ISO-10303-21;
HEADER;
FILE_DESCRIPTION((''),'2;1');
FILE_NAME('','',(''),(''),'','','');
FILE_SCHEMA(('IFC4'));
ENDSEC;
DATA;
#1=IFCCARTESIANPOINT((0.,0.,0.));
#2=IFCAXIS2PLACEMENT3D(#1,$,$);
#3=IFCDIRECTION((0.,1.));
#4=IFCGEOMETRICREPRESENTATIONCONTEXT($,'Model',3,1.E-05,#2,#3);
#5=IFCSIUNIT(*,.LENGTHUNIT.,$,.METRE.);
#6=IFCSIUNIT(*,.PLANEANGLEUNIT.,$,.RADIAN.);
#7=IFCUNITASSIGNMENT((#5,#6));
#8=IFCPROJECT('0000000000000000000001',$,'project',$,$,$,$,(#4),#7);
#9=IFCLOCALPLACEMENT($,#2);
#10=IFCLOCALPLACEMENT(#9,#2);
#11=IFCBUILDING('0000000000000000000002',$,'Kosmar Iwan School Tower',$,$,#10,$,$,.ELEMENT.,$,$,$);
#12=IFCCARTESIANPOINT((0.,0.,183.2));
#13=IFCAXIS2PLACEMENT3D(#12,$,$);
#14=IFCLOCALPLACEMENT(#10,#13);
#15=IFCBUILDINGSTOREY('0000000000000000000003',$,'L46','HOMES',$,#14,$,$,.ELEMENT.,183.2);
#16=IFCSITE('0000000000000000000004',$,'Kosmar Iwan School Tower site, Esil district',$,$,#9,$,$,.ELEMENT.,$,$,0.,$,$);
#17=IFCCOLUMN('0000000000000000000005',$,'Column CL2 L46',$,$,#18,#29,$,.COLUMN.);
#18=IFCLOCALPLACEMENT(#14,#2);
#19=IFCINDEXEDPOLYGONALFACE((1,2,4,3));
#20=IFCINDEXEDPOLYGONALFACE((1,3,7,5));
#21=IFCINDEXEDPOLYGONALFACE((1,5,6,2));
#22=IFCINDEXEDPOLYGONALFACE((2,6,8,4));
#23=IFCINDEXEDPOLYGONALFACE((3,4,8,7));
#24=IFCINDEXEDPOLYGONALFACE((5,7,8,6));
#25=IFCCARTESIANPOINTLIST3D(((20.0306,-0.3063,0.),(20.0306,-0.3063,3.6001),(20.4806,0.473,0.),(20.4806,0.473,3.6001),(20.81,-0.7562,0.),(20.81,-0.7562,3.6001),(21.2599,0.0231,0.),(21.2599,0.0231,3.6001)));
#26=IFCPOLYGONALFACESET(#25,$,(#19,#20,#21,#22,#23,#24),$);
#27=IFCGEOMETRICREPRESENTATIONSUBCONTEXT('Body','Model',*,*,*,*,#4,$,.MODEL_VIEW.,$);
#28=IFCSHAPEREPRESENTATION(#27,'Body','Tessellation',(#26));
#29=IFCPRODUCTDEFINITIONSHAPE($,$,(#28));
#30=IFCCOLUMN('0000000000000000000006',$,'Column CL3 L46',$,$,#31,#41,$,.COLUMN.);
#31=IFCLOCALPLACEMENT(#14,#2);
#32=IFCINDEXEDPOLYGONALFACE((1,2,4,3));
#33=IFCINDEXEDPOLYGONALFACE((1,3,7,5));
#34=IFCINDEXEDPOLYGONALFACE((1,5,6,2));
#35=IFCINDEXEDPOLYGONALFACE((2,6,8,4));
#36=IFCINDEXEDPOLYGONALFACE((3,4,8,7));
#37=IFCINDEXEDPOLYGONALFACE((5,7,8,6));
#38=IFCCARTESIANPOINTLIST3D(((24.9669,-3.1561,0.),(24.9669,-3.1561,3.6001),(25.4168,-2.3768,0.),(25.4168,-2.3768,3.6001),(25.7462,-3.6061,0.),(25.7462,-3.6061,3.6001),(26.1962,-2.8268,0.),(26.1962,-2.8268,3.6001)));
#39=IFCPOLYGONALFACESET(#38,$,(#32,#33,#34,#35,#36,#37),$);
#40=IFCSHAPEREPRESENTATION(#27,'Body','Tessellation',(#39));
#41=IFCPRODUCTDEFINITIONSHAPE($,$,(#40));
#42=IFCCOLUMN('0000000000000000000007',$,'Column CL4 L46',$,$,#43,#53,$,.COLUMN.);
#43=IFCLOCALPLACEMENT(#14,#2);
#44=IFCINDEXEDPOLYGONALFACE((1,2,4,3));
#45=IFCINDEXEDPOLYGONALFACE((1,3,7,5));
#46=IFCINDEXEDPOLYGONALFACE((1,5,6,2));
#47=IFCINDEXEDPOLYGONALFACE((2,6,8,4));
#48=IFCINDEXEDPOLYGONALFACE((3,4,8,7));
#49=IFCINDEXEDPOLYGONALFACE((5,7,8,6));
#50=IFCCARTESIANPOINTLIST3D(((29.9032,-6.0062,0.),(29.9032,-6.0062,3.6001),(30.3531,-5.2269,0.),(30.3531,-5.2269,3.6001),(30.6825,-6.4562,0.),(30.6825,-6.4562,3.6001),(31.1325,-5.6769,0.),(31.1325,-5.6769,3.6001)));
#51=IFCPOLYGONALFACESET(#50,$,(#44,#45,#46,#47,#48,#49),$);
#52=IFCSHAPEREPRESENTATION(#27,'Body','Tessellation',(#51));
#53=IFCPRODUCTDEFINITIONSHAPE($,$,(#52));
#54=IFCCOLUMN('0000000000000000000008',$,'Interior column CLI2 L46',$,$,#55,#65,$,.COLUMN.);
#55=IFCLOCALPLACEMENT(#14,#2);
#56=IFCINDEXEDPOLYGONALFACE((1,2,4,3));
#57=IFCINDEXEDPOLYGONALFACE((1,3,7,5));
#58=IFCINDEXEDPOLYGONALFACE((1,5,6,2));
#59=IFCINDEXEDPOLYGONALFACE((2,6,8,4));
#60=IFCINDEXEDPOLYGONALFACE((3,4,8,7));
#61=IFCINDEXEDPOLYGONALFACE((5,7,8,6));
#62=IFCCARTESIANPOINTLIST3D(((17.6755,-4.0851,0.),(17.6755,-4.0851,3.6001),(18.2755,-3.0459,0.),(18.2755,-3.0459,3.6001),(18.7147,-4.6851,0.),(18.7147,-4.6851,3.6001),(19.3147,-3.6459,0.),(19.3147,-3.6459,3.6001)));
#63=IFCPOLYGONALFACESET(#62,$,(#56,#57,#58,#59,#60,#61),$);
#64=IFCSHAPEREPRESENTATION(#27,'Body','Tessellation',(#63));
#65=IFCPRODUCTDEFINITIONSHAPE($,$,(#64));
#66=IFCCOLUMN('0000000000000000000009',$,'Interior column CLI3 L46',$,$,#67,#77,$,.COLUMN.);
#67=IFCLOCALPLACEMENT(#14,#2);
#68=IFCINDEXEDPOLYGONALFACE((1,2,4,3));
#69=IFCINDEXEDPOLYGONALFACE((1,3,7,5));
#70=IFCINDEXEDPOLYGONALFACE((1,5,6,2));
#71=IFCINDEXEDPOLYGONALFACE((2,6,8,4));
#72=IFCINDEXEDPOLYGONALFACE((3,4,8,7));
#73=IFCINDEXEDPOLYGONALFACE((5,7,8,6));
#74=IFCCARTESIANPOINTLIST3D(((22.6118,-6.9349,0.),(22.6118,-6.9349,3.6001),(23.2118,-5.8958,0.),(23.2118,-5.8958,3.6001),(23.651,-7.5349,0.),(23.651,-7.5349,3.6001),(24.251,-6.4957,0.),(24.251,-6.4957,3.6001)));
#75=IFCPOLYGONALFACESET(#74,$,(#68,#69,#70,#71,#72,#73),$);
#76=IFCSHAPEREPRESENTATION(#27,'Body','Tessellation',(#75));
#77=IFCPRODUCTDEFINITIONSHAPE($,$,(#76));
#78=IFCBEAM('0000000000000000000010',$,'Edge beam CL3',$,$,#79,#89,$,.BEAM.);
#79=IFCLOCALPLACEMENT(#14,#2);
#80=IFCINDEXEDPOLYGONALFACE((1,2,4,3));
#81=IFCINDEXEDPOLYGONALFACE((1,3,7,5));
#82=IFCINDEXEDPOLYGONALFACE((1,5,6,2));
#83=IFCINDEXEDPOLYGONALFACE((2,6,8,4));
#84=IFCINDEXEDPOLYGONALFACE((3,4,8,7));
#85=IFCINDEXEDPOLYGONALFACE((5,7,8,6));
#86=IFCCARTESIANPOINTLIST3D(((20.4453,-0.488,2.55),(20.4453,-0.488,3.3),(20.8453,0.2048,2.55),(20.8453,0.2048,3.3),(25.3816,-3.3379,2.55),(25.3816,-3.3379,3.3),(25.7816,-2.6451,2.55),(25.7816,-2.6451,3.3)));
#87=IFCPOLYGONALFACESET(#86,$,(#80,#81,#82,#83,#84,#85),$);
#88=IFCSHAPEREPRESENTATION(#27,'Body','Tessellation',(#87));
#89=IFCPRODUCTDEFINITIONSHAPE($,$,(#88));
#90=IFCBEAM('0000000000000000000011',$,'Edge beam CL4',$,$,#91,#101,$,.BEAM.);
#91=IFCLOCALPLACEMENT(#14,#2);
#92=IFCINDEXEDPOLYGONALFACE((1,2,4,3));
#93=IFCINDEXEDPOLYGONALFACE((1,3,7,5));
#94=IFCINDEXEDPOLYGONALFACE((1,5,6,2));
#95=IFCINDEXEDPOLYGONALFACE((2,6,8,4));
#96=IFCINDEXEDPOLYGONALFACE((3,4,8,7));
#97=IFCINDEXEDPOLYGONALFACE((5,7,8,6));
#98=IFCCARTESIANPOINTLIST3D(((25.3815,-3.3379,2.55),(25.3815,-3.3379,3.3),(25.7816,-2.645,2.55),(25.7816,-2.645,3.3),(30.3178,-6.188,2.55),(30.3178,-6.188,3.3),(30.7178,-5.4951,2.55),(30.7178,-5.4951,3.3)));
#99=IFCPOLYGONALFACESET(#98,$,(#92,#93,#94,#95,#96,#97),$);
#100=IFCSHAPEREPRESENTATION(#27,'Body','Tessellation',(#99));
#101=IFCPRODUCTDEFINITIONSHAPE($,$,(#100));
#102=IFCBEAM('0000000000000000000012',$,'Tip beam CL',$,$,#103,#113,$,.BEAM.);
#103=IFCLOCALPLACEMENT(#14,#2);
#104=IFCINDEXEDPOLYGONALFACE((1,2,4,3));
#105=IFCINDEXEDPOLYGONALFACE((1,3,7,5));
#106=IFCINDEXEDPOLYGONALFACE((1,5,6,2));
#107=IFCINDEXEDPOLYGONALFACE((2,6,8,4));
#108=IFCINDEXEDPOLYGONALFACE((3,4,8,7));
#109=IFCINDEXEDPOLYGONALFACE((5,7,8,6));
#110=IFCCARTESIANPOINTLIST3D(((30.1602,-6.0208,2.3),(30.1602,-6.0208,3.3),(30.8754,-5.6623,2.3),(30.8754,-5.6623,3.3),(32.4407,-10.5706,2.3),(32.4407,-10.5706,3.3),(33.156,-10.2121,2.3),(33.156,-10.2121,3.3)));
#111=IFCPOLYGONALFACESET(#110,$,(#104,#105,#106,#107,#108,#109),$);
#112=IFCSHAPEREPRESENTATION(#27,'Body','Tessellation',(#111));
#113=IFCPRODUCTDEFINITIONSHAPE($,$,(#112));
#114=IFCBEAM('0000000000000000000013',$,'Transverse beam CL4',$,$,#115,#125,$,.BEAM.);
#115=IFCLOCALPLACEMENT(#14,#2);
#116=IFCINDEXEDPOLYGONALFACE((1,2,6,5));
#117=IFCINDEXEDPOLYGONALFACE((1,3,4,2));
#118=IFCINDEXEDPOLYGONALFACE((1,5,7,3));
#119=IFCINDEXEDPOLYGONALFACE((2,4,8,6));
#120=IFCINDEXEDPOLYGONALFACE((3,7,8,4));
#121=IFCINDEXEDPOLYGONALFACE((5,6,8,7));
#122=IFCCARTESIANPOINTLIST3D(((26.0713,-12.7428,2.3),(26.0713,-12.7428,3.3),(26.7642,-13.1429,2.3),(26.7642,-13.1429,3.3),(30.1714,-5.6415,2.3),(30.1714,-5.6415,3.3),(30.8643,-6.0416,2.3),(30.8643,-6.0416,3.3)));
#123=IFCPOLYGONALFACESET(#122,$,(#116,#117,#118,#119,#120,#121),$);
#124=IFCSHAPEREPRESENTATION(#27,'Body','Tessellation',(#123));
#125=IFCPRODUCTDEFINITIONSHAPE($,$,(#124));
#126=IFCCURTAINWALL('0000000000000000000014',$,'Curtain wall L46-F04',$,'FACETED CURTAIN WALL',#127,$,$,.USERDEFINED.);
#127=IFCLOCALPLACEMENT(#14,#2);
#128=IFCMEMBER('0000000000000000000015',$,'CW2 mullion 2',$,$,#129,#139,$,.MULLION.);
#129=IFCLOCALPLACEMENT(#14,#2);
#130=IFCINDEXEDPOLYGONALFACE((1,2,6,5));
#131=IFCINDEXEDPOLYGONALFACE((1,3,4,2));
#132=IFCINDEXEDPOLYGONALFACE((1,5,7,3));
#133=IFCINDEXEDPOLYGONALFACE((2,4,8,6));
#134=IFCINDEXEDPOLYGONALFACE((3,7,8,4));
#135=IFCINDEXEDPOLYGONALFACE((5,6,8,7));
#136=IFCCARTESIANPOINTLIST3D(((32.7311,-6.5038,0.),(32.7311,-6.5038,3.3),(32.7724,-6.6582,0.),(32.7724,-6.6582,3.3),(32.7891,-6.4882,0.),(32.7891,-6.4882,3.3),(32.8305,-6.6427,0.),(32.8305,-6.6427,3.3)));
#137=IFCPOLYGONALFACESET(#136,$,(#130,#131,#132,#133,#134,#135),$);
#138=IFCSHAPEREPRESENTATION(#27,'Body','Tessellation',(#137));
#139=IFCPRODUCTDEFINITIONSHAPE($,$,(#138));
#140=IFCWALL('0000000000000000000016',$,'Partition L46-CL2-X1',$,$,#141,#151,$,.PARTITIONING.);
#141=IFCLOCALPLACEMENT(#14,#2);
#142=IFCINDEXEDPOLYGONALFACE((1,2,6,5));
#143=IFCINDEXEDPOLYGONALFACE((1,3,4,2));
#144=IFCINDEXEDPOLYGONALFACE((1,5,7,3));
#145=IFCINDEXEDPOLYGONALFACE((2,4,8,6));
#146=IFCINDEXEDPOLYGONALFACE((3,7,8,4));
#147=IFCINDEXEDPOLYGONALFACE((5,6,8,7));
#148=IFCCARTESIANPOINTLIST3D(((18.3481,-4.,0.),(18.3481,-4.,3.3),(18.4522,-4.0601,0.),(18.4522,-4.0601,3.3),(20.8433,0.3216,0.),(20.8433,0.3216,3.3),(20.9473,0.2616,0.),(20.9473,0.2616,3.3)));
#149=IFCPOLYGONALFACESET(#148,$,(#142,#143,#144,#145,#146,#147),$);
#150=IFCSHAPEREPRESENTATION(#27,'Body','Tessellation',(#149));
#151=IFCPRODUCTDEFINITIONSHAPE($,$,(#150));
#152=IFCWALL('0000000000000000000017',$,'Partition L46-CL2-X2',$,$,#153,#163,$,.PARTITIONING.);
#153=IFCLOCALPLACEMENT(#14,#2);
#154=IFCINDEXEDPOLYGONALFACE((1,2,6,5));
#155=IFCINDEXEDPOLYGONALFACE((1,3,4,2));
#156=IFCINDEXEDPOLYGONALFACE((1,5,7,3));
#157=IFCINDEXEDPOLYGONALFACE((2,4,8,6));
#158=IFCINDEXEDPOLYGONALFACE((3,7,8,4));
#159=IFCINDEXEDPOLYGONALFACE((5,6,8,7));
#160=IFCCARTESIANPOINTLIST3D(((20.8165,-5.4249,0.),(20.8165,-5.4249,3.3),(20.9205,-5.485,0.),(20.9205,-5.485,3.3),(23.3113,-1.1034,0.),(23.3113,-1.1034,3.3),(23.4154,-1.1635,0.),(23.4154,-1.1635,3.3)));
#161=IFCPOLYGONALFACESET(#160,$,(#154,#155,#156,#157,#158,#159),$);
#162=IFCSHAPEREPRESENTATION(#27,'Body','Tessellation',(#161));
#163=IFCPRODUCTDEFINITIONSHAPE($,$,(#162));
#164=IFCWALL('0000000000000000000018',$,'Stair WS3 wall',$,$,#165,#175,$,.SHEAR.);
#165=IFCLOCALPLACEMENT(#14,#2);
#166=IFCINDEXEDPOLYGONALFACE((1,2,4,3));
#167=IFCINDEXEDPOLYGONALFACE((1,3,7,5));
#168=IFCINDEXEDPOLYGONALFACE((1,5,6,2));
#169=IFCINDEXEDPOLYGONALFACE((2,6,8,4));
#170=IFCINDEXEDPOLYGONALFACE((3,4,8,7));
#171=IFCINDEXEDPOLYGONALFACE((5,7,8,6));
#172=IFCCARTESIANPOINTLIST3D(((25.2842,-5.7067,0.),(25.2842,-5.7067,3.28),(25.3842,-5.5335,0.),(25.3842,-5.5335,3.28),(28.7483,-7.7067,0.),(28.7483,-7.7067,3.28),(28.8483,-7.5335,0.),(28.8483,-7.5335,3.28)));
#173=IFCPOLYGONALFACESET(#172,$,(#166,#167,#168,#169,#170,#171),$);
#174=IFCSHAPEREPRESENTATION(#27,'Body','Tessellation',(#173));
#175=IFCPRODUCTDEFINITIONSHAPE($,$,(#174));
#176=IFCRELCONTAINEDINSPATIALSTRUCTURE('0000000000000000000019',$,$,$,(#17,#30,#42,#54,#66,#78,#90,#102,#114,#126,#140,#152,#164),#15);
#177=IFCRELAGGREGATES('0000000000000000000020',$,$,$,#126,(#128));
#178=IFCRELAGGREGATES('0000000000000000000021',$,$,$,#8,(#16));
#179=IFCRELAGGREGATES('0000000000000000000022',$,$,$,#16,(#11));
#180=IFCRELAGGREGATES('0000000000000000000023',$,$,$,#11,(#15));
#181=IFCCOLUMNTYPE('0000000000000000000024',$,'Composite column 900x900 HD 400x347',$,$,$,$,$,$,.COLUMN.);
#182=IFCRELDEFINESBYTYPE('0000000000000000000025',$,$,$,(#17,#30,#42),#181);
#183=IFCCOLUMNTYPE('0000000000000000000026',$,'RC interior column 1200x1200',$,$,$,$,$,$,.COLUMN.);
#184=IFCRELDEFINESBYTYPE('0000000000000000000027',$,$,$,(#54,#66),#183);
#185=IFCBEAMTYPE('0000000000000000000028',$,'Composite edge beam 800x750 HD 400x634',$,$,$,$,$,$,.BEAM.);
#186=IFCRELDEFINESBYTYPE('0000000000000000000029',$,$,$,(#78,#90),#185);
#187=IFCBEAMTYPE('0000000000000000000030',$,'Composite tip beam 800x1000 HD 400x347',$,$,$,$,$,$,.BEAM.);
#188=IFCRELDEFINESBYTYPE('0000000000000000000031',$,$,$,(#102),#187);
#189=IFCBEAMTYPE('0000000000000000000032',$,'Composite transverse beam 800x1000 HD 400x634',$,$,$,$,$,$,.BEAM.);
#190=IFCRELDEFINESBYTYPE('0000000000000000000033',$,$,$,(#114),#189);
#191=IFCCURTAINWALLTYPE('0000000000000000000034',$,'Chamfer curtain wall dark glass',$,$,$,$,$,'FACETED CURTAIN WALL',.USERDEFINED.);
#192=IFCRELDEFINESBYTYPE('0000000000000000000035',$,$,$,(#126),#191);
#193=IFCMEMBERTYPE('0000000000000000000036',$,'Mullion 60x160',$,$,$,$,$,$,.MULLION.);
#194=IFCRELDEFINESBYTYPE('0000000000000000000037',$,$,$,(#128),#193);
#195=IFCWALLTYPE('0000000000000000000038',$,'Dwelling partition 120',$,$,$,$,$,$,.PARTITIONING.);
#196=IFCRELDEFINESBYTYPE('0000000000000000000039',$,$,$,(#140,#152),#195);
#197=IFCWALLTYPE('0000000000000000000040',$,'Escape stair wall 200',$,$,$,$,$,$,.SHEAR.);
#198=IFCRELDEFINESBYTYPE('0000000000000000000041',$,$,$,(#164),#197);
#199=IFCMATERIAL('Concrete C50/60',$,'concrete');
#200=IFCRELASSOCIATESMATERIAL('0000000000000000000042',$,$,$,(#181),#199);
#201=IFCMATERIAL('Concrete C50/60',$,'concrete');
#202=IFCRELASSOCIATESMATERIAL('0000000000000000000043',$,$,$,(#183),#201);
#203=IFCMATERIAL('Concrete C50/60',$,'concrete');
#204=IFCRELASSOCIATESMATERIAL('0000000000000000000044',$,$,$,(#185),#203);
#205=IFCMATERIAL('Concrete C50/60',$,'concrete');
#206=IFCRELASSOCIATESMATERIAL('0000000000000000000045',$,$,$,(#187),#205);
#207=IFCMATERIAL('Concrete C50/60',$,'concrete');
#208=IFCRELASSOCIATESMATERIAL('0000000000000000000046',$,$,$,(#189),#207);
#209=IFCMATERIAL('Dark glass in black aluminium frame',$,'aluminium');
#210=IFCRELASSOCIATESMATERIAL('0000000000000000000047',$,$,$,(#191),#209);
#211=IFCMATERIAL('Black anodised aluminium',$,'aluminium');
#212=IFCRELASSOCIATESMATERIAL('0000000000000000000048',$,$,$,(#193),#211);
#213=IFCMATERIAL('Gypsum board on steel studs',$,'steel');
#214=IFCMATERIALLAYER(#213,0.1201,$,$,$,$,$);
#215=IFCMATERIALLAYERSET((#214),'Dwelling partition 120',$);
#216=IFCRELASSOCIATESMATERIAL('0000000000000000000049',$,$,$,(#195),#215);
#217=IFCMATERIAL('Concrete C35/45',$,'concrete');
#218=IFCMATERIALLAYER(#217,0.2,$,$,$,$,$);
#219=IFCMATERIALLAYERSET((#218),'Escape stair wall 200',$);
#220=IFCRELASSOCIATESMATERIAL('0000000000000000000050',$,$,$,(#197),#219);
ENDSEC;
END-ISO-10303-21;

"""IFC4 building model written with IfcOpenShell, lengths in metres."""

from ifc_helpers import new_model, si_unit, direction, frame, frame_2d, origin, origin_2d, place, context, subcontext, project, spatial, rectangle, extrude, material, layer, layer_set, material_profile, profile_set, type_object, element, aggregate, save


model = new_model("IFC4")

# Units and contexts
model_context = context("Model", 3, precision=1e-05, world=origin(), true_north=direction((0.0, 1.0)))
body_context = subcontext(model_context, "Body", "Model", "MODEL_VIEW")
ifc_project = project(units=[si_unit("LENGTHUNIT", "METRE"), si_unit("PLANEANGLEUNIT", "RADIAN")], contexts=[model_context])

# Site, building, storey
site_placement = place(None, origin())
site = spatial("IfcSite", under=ifc_project, at=site_placement, Name="Kosmar Iwan School Tower site, Esil district", CompositionType="ELEMENT", RefElevation=0.0)
building_placement = place(site_placement, origin())
building = spatial("IfcBuilding", under=site, at=building_placement, Name="Kosmar Iwan School Tower", CompositionType="ELEMENT")
storey_placement = place(building_placement, frame((0.0, 0.0, 183.2)))
storey = spatial("IfcBuildingStorey", under=building, at=storey_placement, Name="L46", Description="HOMES", CompositionType="ELEMENT", Elevation=183.2)

# Columns
ifc_material_1 = material(Name="Concrete C50/60", Category="concrete")
ifc_material_profile_1 = material_profile(ifc_material_1, rectangle(XDim=0.8999, YDim=0.8999, at=origin_2d()), Name="RC 900x900 + HD 400x347")
ifc_profile_set_1 = profile_set([ifc_material_profile_1], Name="Concrete C50/60")
column_type_1 = type_object("IfcColumnType", Name="Composite column 900x900 HD 400x347", PredefinedType="COLUMN", material=ifc_profile_set_1)
for number, where, z_axis, x_axis, name in (
    (1, (20.6453, -0.1416, 0.0), (0.0, 0.0, 1.0), (0.866025, -0.5, 0.0), "Column CL2 L46"),
    (2, (25.5815, -2.9915, 0.0), (0.0, 0.0, 1.0), (0.866025, -0.5, 0.0), "Column CL3 L46"),
    (3, (30.5178, -5.8416, 0.0), (0.0, 0.0, 1.0), (0.866025, -0.5, 0.0), "Column CL4 L46"),
):
    element("IfcColumn", number, at=place(storey_placement, frame(where, z_axis=z_axis, x_axis=x_axis)), inside=storey, type_object=column_type_1, Name=name, PredefinedType="COLUMN", context=body_context, shape_type="SweptSolid", body=[
        extrude(rectangle(XDim=0.8999, YDim=0.8999, at=origin_2d()), origin(), (0.0, 0.0, 1.0), 3.6001),
    ])
ifc_material_2 = material(Name="Concrete C50/60", Category="concrete")
ifc_material_profile_2 = material_profile(ifc_material_2, rectangle(XDim=1.2, YDim=1.2, at=origin_2d()), Name="RC 1200x1200")
ifc_profile_set_2 = profile_set([ifc_material_profile_2], Name="Concrete C50/60")
column_type_2 = type_object("IfcColumnType", Name="RC interior column 1200x1200", PredefinedType="COLUMN", material=ifc_profile_set_2)
for number, where, z_axis, x_axis, name in (
    (4, (18.4951, -3.8655, 0.0), (0.0, 0.0, 1.0), (0.866025, -0.5, 0.0), "Interior column CLI2 L46"),
    (5, (23.4314, -6.7153, 0.0), (0.0, 0.0, 1.0), (0.866025, -0.5, 0.0), "Interior column CLI3 L46"),
):
    element("IfcColumn", number, at=place(storey_placement, frame(where, z_axis=z_axis, x_axis=x_axis)), inside=storey, type_object=column_type_2, Name=name, PredefinedType="COLUMN", context=body_context, shape_type="SweptSolid", body=[
        extrude(rectangle(XDim=1.2, YDim=1.2, at=origin_2d()), origin(), (0.0, 0.0, 1.0), 3.6001),
    ])

# Beams
ifc_material_3 = material(Name="Concrete C50/60", Category="concrete")
ifc_material_profile_3 = material_profile(ifc_material_3, rectangle(XDim=0.8, YDim=0.75, at=origin_2d()), Name="RC 800x750 + HD 400x634")
ifc_profile_set_3 = profile_set([ifc_material_profile_3], Name="Concrete C50/60")
beam_type_1 = type_object("IfcBeamType", Name="Composite edge beam 800x750 HD 400x634", PredefinedType="BEAM", material=ifc_profile_set_3)
for number, where, z_axis, x_axis, name in (
    (6, (20.6453, -0.1416, 2.925), (0.866034, -0.499986, 0.0), (0.499986, 0.866034, 0.0), "Edge beam CL3"),
    (7, (25.5815, -2.9915, 2.925), (0.866015, -0.500018, 0.0), (0.500018, 0.866015, 0.0), "Edge beam CL4"),
):
    element("IfcBeam", number, at=place(storey_placement, frame(where, z_axis=z_axis, x_axis=x_axis)), inside=storey, type_object=beam_type_1, Name=name, PredefinedType="BEAM", context=body_context, shape_type="SweptSolid", body=[
        extrude(rectangle(XDim=0.8, YDim=0.75, at=origin_2d()), origin(), (0.0, 0.0, 1.0), 5.7),
    ])
ifc_material_4 = material(Name="Concrete C50/60", Category="concrete")
ifc_material_profile_4 = material_profile(ifc_material_4, rectangle(XDim=0.8, YDim=1.0, at=origin_2d()), Name="RC 800x1000 + HD 400x347")
ifc_profile_set_4 = profile_set([ifc_material_profile_4], Name="Concrete C50/60")
beam_type_2 = type_object("IfcBeamType", Name="Composite tip beam 800x1000 HD 400x347", PredefinedType="BEAM", material=ifc_profile_set_4)
beam_1_placement = place(storey_placement, frame((30.5178, -5.8416, 2.8), z_axis=(0.448096, -0.893985, 0.0), x_axis=(0.893985, 0.448096, 0.0)))
element("IfcBeam", 8, at=beam_1_placement, inside=storey, type_object=beam_type_2, Name="Tip beam CL", PredefinedType="BEAM", context=body_context, shape_type="SweptSolid", body=[
    extrude(rectangle(XDim=0.8, YDim=1.0, at=origin_2d()), origin(), (0.0, 0.0, 1.0), 5.0894),
])
ifc_material_5 = material(Name="Concrete C50/60", Category="concrete")
ifc_material_profile_5 = material_profile(ifc_material_5, rectangle(XDim=0.8, YDim=1.0, at=origin_2d()), Name="RC 800x1000 + HD 400x634")
ifc_profile_set_5 = profile_set([ifc_material_profile_5], Name="Concrete C50/60")
beam_type_3 = type_object("IfcBeamType", Name="Composite transverse beam 800x1000 HD 400x634", PredefinedType="BEAM", material=ifc_profile_set_5)
beam_2_placement = place(storey_placement, frame((30.5178, -5.8416, 2.8), z_axis=(-0.500014, -0.866018, 0.0), x_axis=(0.866018, -0.500014, 0.0)))
element("IfcBeam", 9, at=beam_2_placement, inside=storey, type_object=beam_type_3, Name="Transverse beam CL4", PredefinedType="BEAM", context=body_context, shape_type="SweptSolid", body=[
    extrude(rectangle(XDim=0.8, YDim=1.0, at=origin_2d()), origin(), (0.0, 0.0, 1.0), 8.2),
])

# Curtain wall, member
ifc_material_6 = material(Name="Dark glass in black aluminium frame", Category="aluminium")
curtain_wall_type = type_object("IfcCurtainWallType", Name="Chamfer curtain wall dark glass", ElementType="FACETED CURTAIN WALL", PredefinedType="USERDEFINED", material=ifc_material_6)
curtain_wall_placement = place(storey_placement, origin())
curtain_wall = element("IfcCurtainWall", 10, at=curtain_wall_placement, inside=storey, type_object=curtain_wall_type, Name="Curtain wall L46-F04", ObjectType="FACETED CURTAIN WALL", PredefinedType="USERDEFINED")
ifc_material_7 = material(Name="Black anodised aluminium", Category="aluminium")
ifc_material_profile_6 = material_profile(ifc_material_7, rectangle(XDim=0.0601, YDim=0.1599, at=origin_2d()), Name="MULLION 60x160")
ifc_profile_set_6 = profile_set([ifc_material_profile_6], Name="Black anodised aluminium")
member_type = type_object("IfcMemberType", Name="Mullion 60x160", PredefinedType="MULLION", material=ifc_profile_set_6)
member_placement = place(storey_placement, frame((32.7808, -6.5732, 0.0), z_axis=(0.0, 0.0, 1.0), x_axis=(-0.965926, -0.258819, 0.0)))
member = element("IfcMember", 11, at=member_placement, type_object=member_type, Name="CW2 mullion 2", PredefinedType="MULLION", context=body_context, shape_type="SweptSolid", body=[
    extrude(rectangle(XDim=0.0601, YDim=0.1599, at=origin_2d()), origin(), (0.0, 0.0, 1.0), 3.3),
])
aggregate(curtain_wall, [member])

# Walls
ifc_material_8 = material(Name="Gypsum board on steel studs", Category="steel")
ifc_layer_1 = layer(ifc_material_8, 0.1201)
ifc_layer_set_1 = layer_set([ifc_layer_1], Name="Dwelling partition 120")
wall_type_1 = type_object("IfcWallType", Name="Dwelling partition 120", PredefinedType="PARTITIONING", material=ifc_layer_set_1)
wall_1_placement = place(storey_placement, frame((18.4001, -4.03, 0.0), z_axis=(0.0, 0.0, 1.0), x_axis=(0.500012, 0.866019, 0.0)))
element("IfcWall", 12, at=wall_1_placement, inside=storey, type_object=wall_type_1, Name="Partition L46-CL2-X1", PredefinedType="PARTITIONING", context=body_context, shape_type="SweptSolid", body=[
    extrude(rectangle(XDim=4.9902, YDim=0.1201, at=frame_2d((2.4951, 0.0))), origin(), (0.0, 0.0, 1.0), 3.3),
])
wall_2_placement = place(storey_placement, frame((20.8684, -5.4551, 0.0), z_axis=(0.0, 0.0, 1.0), x_axis=(0.499975, 0.86604, 0.0)))
element("IfcWall", 13, at=wall_2_placement, inside=storey, type_object=wall_type_1, Name="Partition L46-CL2-X2", PredefinedType="PARTITIONING", context=body_context, shape_type="SweptSolid", body=[
    extrude(rectangle(XDim=4.99, YDim=0.1201, at=frame_2d((2.4951, 0.0))), origin(), (0.0, 0.0, 1.0), 3.3),
])
ifc_material_9 = material(Name="Concrete C35/45", Category="concrete")
ifc_layer_2 = layer(ifc_material_9, 0.2)
ifc_layer_set_2 = layer_set([ifc_layer_2], Name="Escape stair wall 200")
wall_type_2 = type_object("IfcWallType", Name="Escape stair wall 200", PredefinedType="SHEAR", material=ifc_layer_set_2)
wall_3_placement = place(storey_placement, frame((25.3342, -5.6201, 0.0), z_axis=(0.0, 0.0, 1.0), x_axis=(0.866026, -0.499999, 0.0)))
element("IfcWall", 14, at=wall_3_placement, inside=storey, type_object=wall_type_2, Name="Stair WS3 wall", PredefinedType="SHEAR", context=body_context, shape_type="SweptSolid", body=[
    extrude(rectangle(XDim=4.0, YDim=0.2, at=frame_2d((2.0, 0.0))), origin(), (0.0, 0.0, 1.0), 3.28),
])

save(model, "model.ifc")
